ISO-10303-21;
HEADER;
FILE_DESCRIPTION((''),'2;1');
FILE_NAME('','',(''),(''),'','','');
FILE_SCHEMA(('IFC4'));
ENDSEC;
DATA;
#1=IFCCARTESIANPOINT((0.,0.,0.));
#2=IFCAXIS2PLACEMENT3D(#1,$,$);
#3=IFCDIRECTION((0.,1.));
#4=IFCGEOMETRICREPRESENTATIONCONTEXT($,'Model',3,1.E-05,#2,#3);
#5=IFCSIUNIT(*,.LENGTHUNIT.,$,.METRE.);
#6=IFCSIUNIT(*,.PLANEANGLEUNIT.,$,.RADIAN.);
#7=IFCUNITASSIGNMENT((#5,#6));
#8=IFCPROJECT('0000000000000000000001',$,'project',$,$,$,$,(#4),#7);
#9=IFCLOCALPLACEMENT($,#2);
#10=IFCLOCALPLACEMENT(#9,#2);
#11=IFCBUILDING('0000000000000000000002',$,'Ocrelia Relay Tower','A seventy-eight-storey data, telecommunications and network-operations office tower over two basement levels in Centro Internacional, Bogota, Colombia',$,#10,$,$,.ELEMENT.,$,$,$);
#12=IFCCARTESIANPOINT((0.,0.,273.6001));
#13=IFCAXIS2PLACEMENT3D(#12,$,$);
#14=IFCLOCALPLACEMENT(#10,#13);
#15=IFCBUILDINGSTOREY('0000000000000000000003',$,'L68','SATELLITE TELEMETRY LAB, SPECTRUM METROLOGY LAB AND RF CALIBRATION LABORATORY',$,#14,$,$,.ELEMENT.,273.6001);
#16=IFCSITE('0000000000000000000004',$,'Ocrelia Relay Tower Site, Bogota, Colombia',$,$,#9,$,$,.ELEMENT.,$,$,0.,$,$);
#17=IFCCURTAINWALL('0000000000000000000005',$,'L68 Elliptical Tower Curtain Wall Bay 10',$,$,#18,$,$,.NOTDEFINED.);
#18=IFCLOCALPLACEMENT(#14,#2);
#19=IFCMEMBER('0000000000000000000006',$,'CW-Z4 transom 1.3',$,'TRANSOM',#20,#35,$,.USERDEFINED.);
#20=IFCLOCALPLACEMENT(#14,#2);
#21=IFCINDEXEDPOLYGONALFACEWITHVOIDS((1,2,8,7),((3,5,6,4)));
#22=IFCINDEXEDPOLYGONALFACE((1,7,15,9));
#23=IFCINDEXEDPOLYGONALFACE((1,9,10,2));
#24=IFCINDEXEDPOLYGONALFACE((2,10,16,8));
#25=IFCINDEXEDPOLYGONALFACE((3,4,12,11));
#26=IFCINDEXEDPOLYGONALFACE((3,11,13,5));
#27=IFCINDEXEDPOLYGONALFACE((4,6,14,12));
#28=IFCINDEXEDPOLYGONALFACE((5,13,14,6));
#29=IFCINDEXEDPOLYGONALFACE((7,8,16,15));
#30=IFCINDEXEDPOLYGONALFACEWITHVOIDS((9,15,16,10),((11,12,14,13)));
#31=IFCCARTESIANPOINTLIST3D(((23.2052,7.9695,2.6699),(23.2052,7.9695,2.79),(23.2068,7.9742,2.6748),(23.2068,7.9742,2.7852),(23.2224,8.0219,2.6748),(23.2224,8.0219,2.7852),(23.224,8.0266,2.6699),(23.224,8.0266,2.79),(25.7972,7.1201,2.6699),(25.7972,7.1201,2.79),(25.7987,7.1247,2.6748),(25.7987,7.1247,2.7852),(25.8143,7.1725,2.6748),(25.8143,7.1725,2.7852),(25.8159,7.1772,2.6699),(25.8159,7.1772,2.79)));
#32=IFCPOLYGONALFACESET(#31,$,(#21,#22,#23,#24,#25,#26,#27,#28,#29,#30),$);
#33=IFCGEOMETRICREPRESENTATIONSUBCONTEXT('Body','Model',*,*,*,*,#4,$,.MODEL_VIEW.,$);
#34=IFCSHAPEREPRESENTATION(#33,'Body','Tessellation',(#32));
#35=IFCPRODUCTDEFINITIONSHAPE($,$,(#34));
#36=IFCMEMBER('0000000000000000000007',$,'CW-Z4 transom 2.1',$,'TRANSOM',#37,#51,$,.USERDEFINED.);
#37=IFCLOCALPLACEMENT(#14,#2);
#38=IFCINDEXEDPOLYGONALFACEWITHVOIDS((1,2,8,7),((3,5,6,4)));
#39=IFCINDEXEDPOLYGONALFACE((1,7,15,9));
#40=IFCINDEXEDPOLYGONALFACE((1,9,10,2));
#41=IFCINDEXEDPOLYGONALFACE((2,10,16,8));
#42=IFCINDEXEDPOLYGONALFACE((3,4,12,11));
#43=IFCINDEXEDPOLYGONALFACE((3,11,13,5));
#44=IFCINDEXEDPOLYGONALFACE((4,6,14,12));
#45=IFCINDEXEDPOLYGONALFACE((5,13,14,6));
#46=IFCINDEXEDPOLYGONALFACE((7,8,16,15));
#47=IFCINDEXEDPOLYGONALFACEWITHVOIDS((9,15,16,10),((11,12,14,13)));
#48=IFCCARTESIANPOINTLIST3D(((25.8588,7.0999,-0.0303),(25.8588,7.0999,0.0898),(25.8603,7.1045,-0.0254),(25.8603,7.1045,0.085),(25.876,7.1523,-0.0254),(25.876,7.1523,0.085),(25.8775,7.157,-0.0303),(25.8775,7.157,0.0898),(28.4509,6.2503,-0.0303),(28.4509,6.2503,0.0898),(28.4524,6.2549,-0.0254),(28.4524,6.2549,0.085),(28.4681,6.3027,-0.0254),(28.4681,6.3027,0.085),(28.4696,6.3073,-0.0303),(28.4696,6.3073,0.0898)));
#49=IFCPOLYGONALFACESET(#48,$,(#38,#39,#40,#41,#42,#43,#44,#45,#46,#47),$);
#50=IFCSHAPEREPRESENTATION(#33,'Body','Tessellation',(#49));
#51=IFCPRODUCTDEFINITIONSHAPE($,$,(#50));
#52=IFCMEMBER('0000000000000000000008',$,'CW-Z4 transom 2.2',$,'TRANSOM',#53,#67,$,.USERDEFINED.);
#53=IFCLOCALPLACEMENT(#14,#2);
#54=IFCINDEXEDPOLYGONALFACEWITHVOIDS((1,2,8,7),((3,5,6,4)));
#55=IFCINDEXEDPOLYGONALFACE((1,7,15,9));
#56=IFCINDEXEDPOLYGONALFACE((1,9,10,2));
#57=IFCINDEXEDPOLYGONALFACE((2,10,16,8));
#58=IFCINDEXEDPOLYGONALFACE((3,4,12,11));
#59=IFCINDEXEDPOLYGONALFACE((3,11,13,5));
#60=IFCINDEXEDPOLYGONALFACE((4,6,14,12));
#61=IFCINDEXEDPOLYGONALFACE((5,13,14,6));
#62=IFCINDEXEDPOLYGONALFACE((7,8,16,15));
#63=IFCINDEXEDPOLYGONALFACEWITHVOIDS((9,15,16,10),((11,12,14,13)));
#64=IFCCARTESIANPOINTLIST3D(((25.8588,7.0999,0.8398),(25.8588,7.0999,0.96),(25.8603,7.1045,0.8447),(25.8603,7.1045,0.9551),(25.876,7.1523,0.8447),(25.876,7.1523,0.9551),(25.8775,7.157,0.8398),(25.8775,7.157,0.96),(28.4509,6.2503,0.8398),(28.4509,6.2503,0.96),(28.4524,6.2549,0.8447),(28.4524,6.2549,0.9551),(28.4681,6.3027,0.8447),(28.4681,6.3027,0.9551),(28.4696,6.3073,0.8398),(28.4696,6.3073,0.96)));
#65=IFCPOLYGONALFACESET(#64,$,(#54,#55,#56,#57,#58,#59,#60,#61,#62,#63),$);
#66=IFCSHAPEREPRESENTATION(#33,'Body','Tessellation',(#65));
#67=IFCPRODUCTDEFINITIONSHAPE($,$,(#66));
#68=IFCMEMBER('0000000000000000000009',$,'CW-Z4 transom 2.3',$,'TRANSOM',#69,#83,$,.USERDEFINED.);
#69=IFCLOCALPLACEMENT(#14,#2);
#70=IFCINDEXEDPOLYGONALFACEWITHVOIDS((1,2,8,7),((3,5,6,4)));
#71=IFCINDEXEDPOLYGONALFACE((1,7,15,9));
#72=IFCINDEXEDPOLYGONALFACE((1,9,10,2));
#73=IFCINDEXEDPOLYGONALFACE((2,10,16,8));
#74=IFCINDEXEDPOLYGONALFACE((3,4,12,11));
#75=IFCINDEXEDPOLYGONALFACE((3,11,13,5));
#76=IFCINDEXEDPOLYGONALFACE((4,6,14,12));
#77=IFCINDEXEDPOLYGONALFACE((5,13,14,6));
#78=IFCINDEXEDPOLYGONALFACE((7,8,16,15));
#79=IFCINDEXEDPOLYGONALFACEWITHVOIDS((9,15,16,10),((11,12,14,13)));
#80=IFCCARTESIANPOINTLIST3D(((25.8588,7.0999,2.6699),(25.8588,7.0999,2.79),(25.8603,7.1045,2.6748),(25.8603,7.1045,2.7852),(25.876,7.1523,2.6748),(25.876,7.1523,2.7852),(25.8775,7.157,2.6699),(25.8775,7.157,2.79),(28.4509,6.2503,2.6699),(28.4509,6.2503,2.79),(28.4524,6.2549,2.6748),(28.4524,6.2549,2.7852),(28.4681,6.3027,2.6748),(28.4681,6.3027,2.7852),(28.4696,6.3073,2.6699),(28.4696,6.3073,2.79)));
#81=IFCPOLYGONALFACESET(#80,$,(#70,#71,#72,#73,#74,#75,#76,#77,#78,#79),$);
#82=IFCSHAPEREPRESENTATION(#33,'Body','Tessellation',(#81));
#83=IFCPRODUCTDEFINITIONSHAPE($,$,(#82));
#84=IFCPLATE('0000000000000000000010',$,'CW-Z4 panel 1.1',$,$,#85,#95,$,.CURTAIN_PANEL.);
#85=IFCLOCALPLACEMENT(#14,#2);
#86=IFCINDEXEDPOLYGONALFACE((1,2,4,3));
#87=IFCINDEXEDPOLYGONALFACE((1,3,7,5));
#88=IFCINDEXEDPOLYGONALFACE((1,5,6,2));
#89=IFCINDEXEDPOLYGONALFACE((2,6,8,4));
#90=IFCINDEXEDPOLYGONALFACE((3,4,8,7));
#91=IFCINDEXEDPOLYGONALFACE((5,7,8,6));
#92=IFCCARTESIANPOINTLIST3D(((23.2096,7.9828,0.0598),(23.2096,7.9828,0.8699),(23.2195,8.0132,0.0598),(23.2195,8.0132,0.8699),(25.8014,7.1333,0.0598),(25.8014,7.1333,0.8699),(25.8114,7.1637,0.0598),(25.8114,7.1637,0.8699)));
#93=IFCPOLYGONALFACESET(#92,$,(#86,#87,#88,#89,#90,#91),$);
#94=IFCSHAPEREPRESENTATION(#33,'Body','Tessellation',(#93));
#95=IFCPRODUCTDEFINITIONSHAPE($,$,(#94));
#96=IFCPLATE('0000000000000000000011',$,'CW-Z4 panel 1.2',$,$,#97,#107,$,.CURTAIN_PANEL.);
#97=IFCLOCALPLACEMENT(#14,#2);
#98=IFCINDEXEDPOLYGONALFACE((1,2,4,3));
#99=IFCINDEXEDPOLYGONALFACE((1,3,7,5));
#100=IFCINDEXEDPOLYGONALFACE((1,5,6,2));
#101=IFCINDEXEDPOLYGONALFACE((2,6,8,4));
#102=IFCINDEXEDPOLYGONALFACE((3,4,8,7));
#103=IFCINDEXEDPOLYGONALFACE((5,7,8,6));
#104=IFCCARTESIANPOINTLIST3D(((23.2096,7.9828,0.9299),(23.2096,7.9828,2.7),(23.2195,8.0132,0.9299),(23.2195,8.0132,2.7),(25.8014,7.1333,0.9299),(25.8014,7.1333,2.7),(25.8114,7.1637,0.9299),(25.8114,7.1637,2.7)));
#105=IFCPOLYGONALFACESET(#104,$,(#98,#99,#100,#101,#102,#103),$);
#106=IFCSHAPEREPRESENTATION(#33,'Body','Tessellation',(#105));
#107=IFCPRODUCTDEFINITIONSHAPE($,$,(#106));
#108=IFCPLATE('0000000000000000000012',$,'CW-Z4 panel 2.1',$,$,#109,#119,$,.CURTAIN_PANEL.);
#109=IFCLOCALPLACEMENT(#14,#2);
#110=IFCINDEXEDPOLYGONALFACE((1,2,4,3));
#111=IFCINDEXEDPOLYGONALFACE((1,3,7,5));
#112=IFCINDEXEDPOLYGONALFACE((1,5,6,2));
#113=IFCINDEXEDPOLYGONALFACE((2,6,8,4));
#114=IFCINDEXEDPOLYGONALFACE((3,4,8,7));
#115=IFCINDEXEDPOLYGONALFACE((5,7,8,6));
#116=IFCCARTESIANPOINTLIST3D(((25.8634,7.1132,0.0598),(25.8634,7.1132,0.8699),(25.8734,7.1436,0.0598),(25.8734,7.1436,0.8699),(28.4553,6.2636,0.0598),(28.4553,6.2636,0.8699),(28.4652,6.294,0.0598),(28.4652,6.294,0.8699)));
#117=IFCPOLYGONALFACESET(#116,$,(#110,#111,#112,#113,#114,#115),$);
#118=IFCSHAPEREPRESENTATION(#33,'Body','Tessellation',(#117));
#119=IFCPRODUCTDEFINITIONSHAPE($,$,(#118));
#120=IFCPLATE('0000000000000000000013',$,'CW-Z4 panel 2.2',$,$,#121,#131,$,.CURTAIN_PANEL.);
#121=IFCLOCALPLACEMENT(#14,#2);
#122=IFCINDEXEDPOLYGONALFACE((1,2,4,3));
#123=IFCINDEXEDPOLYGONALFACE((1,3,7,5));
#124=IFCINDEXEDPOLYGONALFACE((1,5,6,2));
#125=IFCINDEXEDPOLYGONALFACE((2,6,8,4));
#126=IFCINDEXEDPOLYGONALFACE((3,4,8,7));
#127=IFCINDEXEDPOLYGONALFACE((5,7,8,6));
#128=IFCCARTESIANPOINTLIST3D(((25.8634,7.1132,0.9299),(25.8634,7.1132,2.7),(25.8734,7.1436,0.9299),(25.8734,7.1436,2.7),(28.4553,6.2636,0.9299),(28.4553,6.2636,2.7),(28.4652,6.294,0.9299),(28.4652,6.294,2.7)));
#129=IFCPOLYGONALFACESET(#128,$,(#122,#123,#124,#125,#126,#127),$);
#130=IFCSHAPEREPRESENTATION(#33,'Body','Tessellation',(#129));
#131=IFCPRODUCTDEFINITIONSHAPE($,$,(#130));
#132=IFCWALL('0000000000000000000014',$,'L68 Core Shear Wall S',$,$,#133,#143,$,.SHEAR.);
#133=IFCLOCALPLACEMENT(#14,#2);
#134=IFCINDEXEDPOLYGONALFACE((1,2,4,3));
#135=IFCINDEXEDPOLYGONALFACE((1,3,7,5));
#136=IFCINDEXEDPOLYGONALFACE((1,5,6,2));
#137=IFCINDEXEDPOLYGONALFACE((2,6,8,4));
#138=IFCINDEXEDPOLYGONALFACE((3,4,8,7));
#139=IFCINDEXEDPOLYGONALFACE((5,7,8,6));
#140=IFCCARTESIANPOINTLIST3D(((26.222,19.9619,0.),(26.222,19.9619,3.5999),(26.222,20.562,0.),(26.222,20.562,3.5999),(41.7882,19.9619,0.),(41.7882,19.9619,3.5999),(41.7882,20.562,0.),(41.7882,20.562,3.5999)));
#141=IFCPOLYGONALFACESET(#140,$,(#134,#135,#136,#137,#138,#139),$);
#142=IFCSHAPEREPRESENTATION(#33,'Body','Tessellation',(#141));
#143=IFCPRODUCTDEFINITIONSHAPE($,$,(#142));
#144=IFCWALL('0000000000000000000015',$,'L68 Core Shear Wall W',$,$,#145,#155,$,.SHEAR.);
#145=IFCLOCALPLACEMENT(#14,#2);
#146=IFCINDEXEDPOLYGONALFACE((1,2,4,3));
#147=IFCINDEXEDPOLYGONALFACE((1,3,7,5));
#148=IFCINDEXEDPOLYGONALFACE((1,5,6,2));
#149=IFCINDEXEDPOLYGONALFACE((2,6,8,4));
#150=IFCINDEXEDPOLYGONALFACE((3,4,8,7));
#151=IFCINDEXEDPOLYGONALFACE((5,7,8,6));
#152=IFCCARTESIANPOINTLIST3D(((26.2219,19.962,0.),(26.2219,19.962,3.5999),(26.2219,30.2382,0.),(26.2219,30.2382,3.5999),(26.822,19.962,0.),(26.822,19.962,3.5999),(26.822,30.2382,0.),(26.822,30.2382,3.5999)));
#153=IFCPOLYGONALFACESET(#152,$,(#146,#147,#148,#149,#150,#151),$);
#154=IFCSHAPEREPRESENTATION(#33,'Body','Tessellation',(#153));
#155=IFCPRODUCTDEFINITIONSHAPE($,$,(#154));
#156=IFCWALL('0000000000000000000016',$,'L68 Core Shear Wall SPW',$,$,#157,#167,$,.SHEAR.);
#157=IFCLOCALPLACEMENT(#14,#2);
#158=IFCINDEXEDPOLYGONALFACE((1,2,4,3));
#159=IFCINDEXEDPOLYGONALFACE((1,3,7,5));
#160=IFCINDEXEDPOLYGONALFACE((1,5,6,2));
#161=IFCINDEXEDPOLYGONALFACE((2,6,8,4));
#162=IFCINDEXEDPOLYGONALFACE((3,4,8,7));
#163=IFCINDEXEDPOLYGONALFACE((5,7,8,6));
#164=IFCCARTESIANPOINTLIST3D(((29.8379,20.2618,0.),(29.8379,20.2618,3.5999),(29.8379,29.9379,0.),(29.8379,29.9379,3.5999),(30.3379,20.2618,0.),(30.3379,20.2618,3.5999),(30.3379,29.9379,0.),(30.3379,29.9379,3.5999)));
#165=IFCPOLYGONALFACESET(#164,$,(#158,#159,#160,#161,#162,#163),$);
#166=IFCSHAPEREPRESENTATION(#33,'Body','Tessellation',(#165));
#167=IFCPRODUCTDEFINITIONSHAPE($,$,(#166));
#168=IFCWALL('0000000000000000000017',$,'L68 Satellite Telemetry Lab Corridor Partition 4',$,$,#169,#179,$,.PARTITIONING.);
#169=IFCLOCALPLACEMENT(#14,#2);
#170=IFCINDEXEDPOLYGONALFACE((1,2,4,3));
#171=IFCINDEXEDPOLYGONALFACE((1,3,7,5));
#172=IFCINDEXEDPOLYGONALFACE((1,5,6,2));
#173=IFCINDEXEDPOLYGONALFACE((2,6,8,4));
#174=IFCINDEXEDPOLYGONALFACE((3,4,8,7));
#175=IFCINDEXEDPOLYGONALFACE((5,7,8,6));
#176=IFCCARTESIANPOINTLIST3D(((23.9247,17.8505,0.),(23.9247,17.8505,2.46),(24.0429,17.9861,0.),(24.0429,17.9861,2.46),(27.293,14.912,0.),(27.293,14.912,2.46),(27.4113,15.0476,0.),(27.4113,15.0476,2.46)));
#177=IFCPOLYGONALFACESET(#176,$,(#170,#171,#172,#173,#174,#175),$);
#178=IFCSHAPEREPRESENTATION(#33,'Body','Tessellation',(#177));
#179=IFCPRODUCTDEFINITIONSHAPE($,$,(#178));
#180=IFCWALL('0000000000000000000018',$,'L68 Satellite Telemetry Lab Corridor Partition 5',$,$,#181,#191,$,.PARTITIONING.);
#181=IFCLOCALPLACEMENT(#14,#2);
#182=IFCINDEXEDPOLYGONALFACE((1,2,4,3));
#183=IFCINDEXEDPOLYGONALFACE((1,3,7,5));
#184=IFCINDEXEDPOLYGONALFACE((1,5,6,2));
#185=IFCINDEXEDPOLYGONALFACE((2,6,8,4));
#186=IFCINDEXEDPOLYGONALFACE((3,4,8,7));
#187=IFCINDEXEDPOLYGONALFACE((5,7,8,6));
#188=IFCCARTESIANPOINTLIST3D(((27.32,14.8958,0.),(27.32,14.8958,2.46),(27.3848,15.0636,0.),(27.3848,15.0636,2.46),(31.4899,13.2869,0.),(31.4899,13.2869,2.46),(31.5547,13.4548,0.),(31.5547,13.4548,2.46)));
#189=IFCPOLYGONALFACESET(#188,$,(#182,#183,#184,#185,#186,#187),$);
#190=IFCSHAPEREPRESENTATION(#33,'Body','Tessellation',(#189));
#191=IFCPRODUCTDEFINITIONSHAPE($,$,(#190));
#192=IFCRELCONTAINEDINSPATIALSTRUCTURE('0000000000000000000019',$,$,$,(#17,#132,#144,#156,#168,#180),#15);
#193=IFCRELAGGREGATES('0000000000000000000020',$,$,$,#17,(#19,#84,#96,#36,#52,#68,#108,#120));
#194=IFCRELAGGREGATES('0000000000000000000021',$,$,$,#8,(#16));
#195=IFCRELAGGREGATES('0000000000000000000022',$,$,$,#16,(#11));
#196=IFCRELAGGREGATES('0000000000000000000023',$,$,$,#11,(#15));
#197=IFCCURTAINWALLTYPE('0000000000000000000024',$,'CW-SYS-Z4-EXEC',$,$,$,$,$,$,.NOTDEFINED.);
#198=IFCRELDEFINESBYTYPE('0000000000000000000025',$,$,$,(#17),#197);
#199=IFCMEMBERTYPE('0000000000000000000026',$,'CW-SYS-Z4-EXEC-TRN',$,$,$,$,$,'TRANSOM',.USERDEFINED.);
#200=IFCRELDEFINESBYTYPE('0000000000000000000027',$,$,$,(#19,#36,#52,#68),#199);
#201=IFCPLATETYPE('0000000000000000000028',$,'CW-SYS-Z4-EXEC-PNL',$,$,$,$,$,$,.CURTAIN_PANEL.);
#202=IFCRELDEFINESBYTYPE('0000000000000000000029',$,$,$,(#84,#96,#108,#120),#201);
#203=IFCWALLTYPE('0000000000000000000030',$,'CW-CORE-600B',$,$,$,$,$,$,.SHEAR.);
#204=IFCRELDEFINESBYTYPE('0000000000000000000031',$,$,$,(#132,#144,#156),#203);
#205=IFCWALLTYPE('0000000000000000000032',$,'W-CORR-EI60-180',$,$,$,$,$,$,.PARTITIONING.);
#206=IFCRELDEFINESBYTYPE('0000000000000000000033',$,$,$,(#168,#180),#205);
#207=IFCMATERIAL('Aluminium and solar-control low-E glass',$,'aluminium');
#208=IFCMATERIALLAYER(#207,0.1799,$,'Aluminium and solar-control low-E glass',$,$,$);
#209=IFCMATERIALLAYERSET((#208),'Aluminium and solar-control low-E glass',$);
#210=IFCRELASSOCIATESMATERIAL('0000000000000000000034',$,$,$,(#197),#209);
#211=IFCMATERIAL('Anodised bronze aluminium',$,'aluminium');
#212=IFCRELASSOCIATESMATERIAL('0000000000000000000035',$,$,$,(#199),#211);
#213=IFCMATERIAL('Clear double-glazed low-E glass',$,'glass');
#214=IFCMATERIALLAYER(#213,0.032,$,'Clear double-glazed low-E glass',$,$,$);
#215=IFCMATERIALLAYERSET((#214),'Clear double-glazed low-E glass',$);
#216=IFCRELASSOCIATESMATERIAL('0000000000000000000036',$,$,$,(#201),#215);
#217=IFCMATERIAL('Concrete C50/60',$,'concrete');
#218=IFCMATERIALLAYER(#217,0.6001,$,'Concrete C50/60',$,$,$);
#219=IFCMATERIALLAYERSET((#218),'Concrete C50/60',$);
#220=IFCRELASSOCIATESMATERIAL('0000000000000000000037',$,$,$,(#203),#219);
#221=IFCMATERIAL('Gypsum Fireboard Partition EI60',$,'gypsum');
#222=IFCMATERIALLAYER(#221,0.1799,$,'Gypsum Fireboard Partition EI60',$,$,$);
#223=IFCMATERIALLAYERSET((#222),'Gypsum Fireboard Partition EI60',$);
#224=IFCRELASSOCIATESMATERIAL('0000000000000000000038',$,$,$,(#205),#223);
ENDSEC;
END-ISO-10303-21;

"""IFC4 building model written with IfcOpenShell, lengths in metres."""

from ifc_helpers import new_model, si_unit, direction, frame, frame_2d, origin, origin_2d, place, context, subcontext, project, spatial, rectangle, hollow_rectangle, extrude, material, layer, layer_set, material_profile, profile_set, type_object, element, aggregate, save


model = new_model("IFC4")

# Units and contexts
model_context = context("Model", 3, precision=1e-05, world=origin(), true_north=direction((0.0, 1.0)))
body_context = subcontext(model_context, "Body", "Model", "MODEL_VIEW")
ifc_project = project(units=[si_unit("LENGTHUNIT", "METRE"), si_unit("PLANEANGLEUNIT", "RADIAN")], contexts=[model_context])

# Site, building, storey
site_placement = place(None, origin())
site = spatial("IfcSite", under=ifc_project, at=site_placement, Name="Ocrelia Relay Tower Site, Bogota, Colombia", CompositionType="ELEMENT", RefElevation=0.0)
building_placement = place(site_placement, origin())
building = spatial("IfcBuilding", under=site, at=building_placement, Name="Ocrelia Relay Tower", Description="A seventy-eight-storey data, telecommunications and network-operations office tower over two basement levels in Centro Internacional, Bogota, Colombia", CompositionType="ELEMENT")
storey_placement = place(building_placement, frame((0.0, 0.0, 273.6001)))
storey = spatial("IfcBuildingStorey", under=building, at=storey_placement, Name="L68", Description="SATELLITE TELEMETRY LAB, SPECTRUM METROLOGY LAB AND RF CALIBRATION LABORATORY", CompositionType="ELEMENT", Elevation=273.6001)

# Shared definitions
ifc_material_1 = material(Name="Concrete C50/60", Category="concrete")

# Curtain wall, members, plates
ifc_material_2 = material(Name="Aluminium and solar-control low-E glass", Category="aluminium")
ifc_layer_1 = layer(ifc_material_2, 0.1799, Name="Aluminium and solar-control low-E glass")
ifc_layer_set_1 = layer_set([ifc_layer_1], Name="Aluminium and solar-control low-E glass")
curtain_wall_type = type_object("IfcCurtainWallType", Name="CW-SYS-Z4-EXEC", PredefinedType="NOTDEFINED", material=ifc_layer_set_1)
curtain_wall_placement = place(storey_placement, origin())
curtain_wall = element("IfcCurtainWall", 1, at=curtain_wall_placement, inside=storey, type_object=curtain_wall_type, Name="L68 Elliptical Tower Curtain Wall Bay 10", PredefinedType="NOTDEFINED")
ifc_material_3 = material(Name="Anodised bronze aluminium", Category="aluminium")
ifc_material_profile_1 = material_profile(ifc_material_3, hollow_rectangle(XDim=0.0601, YDim=0.1201, WallThickness=0.0049, at=origin_2d()), Name="CW-TRN-120x60")
ifc_profile_set_1 = profile_set([ifc_material_profile_1], Name="Anodised bronze aluminium")
member_type_1 = type_object("IfcMemberType", Name="CW-SYS-Z4-EXEC-TRN", ElementType="TRANSOM", PredefinedType="USERDEFINED", material=ifc_profile_set_1)
member_1_placement = place(storey_placement, frame((23.2146, 7.998, 2.73), z_axis=(0.950273, -0.311417, 0.0), x_axis=(0.311417, 0.950273, 0.0)))
member_1 = element("IfcMember", 2, at=member_1_placement, type_object=member_type_1, Name="CW-Z4 transom 1.3", ObjectType="TRANSOM", PredefinedType="USERDEFINED", context=body_context, shape_type="SweptSolid", body=[
    extrude(hollow_rectangle(XDim=0.0601, YDim=0.1201, WallThickness=0.0049, at=origin_2d()), origin(), (0.0, 0.0, 1.0), 2.7275),
])
member_2_placement = place(storey_placement, frame((25.8682, 7.1284, 0.0298), z_axis=(0.950256, -0.311471, 0.0), x_axis=(0.311471, 0.950256, 0.0)))
member_2 = element("IfcMember", 3, at=member_2_placement, type_object=member_type_1, Name="CW-Z4 transom 2.1", ObjectType="TRANSOM", PredefinedType="USERDEFINED", context=body_context, shape_type="SweptSolid", body=[
    extrude(hollow_rectangle(XDim=0.0601, YDim=0.1201, WallThickness=0.0049, at=origin_2d()), origin(), (0.0, 0.0, 1.0), 2.7278),
])
member_3_placement = place(storey_placement, frame((25.8682, 7.1284, 0.8999), z_axis=(0.950256, -0.311471, 0.0), x_axis=(0.311471, 0.950256, 0.0)))
member_3 = element("IfcMember", 4, at=member_3_placement, type_object=member_type_1, Name="CW-Z4 transom 2.2", ObjectType="TRANSOM", PredefinedType="USERDEFINED", context=body_context, shape_type="SweptSolid", body=[
    extrude(hollow_rectangle(XDim=0.0601, YDim=0.1201, WallThickness=0.0049, at=origin_2d()), origin(), (0.0, 0.0, 1.0), 2.7278),
])
member_4_placement = place(storey_placement, frame((25.8682, 7.1284, 2.73), z_axis=(0.950256, -0.311471, 0.0), x_axis=(0.311471, 0.950256, 0.0)))
member_4 = element("IfcMember", 5, at=member_4_placement, type_object=member_type_1, Name="CW-Z4 transom 2.3", ObjectType="TRANSOM", PredefinedType="USERDEFINED", context=body_context, shape_type="SweptSolid", body=[
    extrude(hollow_rectangle(XDim=0.0601, YDim=0.1201, WallThickness=0.0049, at=origin_2d()), origin(), (0.0, 0.0, 1.0), 2.7278),
])
ifc_material_4 = material(Name="Clear double-glazed low-E glass", Category="glass")
ifc_layer_2 = layer(ifc_material_4, 0.032, Name="Clear double-glazed low-E glass")
ifc_layer_set_2 = layer_set([ifc_layer_2], Name="Clear double-glazed low-E glass")
plate_type = type_object("IfcPlateType", Name="CW-SYS-Z4-EXEC-PNL", PredefinedType="CURTAIN_PANEL", material=ifc_layer_set_2)
plate_1_placement = place(storey_placement, frame((24.5105, 7.5732, 0.0598), z_axis=(0.0, 0.0, 1.0), x_axis=(0.950255, -0.311472, 0.0)))
plate_1 = element("IfcPlate", 6, at=plate_1_placement, type_object=plate_type, Name="CW-Z4 panel 1.1", PredefinedType="CURTAIN_PANEL", context=body_context, shape_type="SweptSolid", body=[
    extrude(rectangle(XDim=2.7275, YDim=0.032, at=origin_2d()), origin(), (0.0, 0.0, 1.0), 0.8101),
])
plate_2_placement = place(storey_placement, frame((24.5105, 7.5732, 0.9299), z_axis=(0.0, 0.0, 1.0), x_axis=(0.950255, -0.311472, 0.0)))
plate_2 = element("IfcPlate", 7, at=plate_2_placement, type_object=plate_type, Name="CW-Z4 panel 1.2", PredefinedType="CURTAIN_PANEL", context=body_context, shape_type="SweptSolid", body=[
    extrude(rectangle(XDim=2.7275, YDim=0.032, at=origin_2d()), origin(), (0.0, 0.0, 1.0), 1.77),
])
plate_3_placement = place(storey_placement, frame((27.1643, 6.7036, 0.0598), z_axis=(0.0, 0.0, 1.0), x_axis=(0.950255, -0.311472, 0.0)))
plate_3 = element("IfcPlate", 8, at=plate_3_placement, type_object=plate_type, Name="CW-Z4 panel 2.1", PredefinedType="CURTAIN_PANEL", context=body_context, shape_type="SweptSolid", body=[
    extrude(rectangle(XDim=2.7275, YDim=0.032, at=origin_2d()), origin(), (0.0, 0.0, 1.0), 0.8101),
])
plate_4_placement = place(storey_placement, frame((27.1643, 6.7036, 0.9299), z_axis=(0.0, 0.0, 1.0), x_axis=(0.950255, -0.311472, 0.0)))
plate_4 = element("IfcPlate", 9, at=plate_4_placement, type_object=plate_type, Name="CW-Z4 panel 2.2", PredefinedType="CURTAIN_PANEL", context=body_context, shape_type="SweptSolid", body=[
    extrude(rectangle(XDim=2.7275, YDim=0.032, at=origin_2d()), origin(), (0.0, 0.0, 1.0), 1.77),
])
aggregate(curtain_wall, [member_1, plate_1, plate_2, member_2, member_3, member_4, plate_3, plate_4])

# Walls
ifc_layer_3 = layer(ifc_material_1, 0.6001, Name="Concrete C50/60")
ifc_layer_set_3 = layer_set([ifc_layer_3], Name="Concrete C50/60")
wall_type_1 = type_object("IfcWallType", Name="CW-CORE-600B", PredefinedType="SHEAR", material=ifc_layer_set_3)
wall_1_placement = place(storey_placement, frame((26.2219, 20.262, 0.0), z_axis=(0.0, 0.0, 1.0), x_axis=(1.0, 0.0, 0.0)))
element("IfcWall", 10, at=wall_1_placement, inside=storey, type_object=wall_type_1, Name="L68 Core Shear Wall S", PredefinedType="SHEAR", context=body_context, shape_type="SweptSolid", body=[
    extrude(rectangle(XDim=15.5662, YDim=0.6001, at=frame_2d((7.7832, 0.0))), origin(), (0.0, 0.0, 1.0), 3.5999),
])
wall_2_placement = place(storey_placement, frame((26.522, 19.9619, 0.0), z_axis=(0.0, 0.0, 1.0), x_axis=(0.0, 1.0, 0.0)))
element("IfcWall", 11, at=wall_2_placement, inside=storey, type_object=wall_type_1, Name="L68 Core Shear Wall W", PredefinedType="SHEAR", context=body_context, shape_type="SweptSolid", body=[
    extrude(rectangle(XDim=10.2761, YDim=0.6001, at=frame_2d((5.1382, 0.0))), origin(), (0.0, 0.0, 1.0), 3.5999),
])
wall_3_placement = place(storey_placement, frame((30.0879, 20.262, 0.0), z_axis=(0.0, 0.0, 1.0), x_axis=(0.0, 1.0, 0.0)))
element("IfcWall", 12, at=wall_3_placement, inside=storey, type_object=wall_type_1, Name="L68 Core Shear Wall SPW", PredefinedType="SHEAR", context=body_context, shape_type="SweptSolid", body=[
    extrude(rectangle(XDim=9.676, YDim=0.5, at=frame_2d((4.8379, 0.0))), origin(), (0.0, 0.0, 1.0), 3.5999),
])

# Shared definitions
ifc_material_5 = material(Name="Gypsum Fireboard Partition EI60", Category="gypsum")
ifc_layer_4 = layer(ifc_material_5, 0.1799, Name="Gypsum Fireboard Partition EI60")
ifc_layer_set_4 = layer_set([ifc_layer_4], Name="Gypsum Fireboard Partition EI60")
wall_type_2 = type_object("IfcWallType", Name="W-CORR-EI60-180", PredefinedType="PARTITIONING", material=ifc_layer_set_4)

# Walls
wall_4_placement = place(storey_placement, frame((23.9839, 17.9182, 0.0), z_axis=(0.0, 0.0, 1.0), x_axis=(0.75356, -0.657379, 0.0)))
element("IfcWall", 13, at=wall_4_placement, inside=storey, type_object=wall_type_2, Name="L68 Satellite Telemetry Lab Corridor Partition 4", PredefinedType="PARTITIONING", context=body_context, shape_type="SweptSolid", body=[
    extrude(rectangle(XDim=4.47, YDim=0.1799, at=frame_2d((2.2349, 0.0))), origin(), (0.0, 0.0, 1.0), 2.46),
])
wall_5_placement = place(storey_placement, frame((27.3523, 14.9797, 0.0), z_axis=(0.0, 0.0, 1.0), x_axis=(0.932965, -0.359967, 0.0)))
element("IfcWall", 14, at=wall_5_placement, inside=storey, type_object=wall_type_2, Name="L68 Satellite Telemetry Lab Corridor Partition 5", PredefinedType="PARTITIONING", context=body_context, shape_type="SweptSolid", body=[
    extrude(rectangle(XDim=4.4695, YDim=0.1799, at=frame_2d((2.2349, 0.0))), origin(), (0.0, 0.0, 1.0), 2.46),
])

save(model, "model.ifc")
